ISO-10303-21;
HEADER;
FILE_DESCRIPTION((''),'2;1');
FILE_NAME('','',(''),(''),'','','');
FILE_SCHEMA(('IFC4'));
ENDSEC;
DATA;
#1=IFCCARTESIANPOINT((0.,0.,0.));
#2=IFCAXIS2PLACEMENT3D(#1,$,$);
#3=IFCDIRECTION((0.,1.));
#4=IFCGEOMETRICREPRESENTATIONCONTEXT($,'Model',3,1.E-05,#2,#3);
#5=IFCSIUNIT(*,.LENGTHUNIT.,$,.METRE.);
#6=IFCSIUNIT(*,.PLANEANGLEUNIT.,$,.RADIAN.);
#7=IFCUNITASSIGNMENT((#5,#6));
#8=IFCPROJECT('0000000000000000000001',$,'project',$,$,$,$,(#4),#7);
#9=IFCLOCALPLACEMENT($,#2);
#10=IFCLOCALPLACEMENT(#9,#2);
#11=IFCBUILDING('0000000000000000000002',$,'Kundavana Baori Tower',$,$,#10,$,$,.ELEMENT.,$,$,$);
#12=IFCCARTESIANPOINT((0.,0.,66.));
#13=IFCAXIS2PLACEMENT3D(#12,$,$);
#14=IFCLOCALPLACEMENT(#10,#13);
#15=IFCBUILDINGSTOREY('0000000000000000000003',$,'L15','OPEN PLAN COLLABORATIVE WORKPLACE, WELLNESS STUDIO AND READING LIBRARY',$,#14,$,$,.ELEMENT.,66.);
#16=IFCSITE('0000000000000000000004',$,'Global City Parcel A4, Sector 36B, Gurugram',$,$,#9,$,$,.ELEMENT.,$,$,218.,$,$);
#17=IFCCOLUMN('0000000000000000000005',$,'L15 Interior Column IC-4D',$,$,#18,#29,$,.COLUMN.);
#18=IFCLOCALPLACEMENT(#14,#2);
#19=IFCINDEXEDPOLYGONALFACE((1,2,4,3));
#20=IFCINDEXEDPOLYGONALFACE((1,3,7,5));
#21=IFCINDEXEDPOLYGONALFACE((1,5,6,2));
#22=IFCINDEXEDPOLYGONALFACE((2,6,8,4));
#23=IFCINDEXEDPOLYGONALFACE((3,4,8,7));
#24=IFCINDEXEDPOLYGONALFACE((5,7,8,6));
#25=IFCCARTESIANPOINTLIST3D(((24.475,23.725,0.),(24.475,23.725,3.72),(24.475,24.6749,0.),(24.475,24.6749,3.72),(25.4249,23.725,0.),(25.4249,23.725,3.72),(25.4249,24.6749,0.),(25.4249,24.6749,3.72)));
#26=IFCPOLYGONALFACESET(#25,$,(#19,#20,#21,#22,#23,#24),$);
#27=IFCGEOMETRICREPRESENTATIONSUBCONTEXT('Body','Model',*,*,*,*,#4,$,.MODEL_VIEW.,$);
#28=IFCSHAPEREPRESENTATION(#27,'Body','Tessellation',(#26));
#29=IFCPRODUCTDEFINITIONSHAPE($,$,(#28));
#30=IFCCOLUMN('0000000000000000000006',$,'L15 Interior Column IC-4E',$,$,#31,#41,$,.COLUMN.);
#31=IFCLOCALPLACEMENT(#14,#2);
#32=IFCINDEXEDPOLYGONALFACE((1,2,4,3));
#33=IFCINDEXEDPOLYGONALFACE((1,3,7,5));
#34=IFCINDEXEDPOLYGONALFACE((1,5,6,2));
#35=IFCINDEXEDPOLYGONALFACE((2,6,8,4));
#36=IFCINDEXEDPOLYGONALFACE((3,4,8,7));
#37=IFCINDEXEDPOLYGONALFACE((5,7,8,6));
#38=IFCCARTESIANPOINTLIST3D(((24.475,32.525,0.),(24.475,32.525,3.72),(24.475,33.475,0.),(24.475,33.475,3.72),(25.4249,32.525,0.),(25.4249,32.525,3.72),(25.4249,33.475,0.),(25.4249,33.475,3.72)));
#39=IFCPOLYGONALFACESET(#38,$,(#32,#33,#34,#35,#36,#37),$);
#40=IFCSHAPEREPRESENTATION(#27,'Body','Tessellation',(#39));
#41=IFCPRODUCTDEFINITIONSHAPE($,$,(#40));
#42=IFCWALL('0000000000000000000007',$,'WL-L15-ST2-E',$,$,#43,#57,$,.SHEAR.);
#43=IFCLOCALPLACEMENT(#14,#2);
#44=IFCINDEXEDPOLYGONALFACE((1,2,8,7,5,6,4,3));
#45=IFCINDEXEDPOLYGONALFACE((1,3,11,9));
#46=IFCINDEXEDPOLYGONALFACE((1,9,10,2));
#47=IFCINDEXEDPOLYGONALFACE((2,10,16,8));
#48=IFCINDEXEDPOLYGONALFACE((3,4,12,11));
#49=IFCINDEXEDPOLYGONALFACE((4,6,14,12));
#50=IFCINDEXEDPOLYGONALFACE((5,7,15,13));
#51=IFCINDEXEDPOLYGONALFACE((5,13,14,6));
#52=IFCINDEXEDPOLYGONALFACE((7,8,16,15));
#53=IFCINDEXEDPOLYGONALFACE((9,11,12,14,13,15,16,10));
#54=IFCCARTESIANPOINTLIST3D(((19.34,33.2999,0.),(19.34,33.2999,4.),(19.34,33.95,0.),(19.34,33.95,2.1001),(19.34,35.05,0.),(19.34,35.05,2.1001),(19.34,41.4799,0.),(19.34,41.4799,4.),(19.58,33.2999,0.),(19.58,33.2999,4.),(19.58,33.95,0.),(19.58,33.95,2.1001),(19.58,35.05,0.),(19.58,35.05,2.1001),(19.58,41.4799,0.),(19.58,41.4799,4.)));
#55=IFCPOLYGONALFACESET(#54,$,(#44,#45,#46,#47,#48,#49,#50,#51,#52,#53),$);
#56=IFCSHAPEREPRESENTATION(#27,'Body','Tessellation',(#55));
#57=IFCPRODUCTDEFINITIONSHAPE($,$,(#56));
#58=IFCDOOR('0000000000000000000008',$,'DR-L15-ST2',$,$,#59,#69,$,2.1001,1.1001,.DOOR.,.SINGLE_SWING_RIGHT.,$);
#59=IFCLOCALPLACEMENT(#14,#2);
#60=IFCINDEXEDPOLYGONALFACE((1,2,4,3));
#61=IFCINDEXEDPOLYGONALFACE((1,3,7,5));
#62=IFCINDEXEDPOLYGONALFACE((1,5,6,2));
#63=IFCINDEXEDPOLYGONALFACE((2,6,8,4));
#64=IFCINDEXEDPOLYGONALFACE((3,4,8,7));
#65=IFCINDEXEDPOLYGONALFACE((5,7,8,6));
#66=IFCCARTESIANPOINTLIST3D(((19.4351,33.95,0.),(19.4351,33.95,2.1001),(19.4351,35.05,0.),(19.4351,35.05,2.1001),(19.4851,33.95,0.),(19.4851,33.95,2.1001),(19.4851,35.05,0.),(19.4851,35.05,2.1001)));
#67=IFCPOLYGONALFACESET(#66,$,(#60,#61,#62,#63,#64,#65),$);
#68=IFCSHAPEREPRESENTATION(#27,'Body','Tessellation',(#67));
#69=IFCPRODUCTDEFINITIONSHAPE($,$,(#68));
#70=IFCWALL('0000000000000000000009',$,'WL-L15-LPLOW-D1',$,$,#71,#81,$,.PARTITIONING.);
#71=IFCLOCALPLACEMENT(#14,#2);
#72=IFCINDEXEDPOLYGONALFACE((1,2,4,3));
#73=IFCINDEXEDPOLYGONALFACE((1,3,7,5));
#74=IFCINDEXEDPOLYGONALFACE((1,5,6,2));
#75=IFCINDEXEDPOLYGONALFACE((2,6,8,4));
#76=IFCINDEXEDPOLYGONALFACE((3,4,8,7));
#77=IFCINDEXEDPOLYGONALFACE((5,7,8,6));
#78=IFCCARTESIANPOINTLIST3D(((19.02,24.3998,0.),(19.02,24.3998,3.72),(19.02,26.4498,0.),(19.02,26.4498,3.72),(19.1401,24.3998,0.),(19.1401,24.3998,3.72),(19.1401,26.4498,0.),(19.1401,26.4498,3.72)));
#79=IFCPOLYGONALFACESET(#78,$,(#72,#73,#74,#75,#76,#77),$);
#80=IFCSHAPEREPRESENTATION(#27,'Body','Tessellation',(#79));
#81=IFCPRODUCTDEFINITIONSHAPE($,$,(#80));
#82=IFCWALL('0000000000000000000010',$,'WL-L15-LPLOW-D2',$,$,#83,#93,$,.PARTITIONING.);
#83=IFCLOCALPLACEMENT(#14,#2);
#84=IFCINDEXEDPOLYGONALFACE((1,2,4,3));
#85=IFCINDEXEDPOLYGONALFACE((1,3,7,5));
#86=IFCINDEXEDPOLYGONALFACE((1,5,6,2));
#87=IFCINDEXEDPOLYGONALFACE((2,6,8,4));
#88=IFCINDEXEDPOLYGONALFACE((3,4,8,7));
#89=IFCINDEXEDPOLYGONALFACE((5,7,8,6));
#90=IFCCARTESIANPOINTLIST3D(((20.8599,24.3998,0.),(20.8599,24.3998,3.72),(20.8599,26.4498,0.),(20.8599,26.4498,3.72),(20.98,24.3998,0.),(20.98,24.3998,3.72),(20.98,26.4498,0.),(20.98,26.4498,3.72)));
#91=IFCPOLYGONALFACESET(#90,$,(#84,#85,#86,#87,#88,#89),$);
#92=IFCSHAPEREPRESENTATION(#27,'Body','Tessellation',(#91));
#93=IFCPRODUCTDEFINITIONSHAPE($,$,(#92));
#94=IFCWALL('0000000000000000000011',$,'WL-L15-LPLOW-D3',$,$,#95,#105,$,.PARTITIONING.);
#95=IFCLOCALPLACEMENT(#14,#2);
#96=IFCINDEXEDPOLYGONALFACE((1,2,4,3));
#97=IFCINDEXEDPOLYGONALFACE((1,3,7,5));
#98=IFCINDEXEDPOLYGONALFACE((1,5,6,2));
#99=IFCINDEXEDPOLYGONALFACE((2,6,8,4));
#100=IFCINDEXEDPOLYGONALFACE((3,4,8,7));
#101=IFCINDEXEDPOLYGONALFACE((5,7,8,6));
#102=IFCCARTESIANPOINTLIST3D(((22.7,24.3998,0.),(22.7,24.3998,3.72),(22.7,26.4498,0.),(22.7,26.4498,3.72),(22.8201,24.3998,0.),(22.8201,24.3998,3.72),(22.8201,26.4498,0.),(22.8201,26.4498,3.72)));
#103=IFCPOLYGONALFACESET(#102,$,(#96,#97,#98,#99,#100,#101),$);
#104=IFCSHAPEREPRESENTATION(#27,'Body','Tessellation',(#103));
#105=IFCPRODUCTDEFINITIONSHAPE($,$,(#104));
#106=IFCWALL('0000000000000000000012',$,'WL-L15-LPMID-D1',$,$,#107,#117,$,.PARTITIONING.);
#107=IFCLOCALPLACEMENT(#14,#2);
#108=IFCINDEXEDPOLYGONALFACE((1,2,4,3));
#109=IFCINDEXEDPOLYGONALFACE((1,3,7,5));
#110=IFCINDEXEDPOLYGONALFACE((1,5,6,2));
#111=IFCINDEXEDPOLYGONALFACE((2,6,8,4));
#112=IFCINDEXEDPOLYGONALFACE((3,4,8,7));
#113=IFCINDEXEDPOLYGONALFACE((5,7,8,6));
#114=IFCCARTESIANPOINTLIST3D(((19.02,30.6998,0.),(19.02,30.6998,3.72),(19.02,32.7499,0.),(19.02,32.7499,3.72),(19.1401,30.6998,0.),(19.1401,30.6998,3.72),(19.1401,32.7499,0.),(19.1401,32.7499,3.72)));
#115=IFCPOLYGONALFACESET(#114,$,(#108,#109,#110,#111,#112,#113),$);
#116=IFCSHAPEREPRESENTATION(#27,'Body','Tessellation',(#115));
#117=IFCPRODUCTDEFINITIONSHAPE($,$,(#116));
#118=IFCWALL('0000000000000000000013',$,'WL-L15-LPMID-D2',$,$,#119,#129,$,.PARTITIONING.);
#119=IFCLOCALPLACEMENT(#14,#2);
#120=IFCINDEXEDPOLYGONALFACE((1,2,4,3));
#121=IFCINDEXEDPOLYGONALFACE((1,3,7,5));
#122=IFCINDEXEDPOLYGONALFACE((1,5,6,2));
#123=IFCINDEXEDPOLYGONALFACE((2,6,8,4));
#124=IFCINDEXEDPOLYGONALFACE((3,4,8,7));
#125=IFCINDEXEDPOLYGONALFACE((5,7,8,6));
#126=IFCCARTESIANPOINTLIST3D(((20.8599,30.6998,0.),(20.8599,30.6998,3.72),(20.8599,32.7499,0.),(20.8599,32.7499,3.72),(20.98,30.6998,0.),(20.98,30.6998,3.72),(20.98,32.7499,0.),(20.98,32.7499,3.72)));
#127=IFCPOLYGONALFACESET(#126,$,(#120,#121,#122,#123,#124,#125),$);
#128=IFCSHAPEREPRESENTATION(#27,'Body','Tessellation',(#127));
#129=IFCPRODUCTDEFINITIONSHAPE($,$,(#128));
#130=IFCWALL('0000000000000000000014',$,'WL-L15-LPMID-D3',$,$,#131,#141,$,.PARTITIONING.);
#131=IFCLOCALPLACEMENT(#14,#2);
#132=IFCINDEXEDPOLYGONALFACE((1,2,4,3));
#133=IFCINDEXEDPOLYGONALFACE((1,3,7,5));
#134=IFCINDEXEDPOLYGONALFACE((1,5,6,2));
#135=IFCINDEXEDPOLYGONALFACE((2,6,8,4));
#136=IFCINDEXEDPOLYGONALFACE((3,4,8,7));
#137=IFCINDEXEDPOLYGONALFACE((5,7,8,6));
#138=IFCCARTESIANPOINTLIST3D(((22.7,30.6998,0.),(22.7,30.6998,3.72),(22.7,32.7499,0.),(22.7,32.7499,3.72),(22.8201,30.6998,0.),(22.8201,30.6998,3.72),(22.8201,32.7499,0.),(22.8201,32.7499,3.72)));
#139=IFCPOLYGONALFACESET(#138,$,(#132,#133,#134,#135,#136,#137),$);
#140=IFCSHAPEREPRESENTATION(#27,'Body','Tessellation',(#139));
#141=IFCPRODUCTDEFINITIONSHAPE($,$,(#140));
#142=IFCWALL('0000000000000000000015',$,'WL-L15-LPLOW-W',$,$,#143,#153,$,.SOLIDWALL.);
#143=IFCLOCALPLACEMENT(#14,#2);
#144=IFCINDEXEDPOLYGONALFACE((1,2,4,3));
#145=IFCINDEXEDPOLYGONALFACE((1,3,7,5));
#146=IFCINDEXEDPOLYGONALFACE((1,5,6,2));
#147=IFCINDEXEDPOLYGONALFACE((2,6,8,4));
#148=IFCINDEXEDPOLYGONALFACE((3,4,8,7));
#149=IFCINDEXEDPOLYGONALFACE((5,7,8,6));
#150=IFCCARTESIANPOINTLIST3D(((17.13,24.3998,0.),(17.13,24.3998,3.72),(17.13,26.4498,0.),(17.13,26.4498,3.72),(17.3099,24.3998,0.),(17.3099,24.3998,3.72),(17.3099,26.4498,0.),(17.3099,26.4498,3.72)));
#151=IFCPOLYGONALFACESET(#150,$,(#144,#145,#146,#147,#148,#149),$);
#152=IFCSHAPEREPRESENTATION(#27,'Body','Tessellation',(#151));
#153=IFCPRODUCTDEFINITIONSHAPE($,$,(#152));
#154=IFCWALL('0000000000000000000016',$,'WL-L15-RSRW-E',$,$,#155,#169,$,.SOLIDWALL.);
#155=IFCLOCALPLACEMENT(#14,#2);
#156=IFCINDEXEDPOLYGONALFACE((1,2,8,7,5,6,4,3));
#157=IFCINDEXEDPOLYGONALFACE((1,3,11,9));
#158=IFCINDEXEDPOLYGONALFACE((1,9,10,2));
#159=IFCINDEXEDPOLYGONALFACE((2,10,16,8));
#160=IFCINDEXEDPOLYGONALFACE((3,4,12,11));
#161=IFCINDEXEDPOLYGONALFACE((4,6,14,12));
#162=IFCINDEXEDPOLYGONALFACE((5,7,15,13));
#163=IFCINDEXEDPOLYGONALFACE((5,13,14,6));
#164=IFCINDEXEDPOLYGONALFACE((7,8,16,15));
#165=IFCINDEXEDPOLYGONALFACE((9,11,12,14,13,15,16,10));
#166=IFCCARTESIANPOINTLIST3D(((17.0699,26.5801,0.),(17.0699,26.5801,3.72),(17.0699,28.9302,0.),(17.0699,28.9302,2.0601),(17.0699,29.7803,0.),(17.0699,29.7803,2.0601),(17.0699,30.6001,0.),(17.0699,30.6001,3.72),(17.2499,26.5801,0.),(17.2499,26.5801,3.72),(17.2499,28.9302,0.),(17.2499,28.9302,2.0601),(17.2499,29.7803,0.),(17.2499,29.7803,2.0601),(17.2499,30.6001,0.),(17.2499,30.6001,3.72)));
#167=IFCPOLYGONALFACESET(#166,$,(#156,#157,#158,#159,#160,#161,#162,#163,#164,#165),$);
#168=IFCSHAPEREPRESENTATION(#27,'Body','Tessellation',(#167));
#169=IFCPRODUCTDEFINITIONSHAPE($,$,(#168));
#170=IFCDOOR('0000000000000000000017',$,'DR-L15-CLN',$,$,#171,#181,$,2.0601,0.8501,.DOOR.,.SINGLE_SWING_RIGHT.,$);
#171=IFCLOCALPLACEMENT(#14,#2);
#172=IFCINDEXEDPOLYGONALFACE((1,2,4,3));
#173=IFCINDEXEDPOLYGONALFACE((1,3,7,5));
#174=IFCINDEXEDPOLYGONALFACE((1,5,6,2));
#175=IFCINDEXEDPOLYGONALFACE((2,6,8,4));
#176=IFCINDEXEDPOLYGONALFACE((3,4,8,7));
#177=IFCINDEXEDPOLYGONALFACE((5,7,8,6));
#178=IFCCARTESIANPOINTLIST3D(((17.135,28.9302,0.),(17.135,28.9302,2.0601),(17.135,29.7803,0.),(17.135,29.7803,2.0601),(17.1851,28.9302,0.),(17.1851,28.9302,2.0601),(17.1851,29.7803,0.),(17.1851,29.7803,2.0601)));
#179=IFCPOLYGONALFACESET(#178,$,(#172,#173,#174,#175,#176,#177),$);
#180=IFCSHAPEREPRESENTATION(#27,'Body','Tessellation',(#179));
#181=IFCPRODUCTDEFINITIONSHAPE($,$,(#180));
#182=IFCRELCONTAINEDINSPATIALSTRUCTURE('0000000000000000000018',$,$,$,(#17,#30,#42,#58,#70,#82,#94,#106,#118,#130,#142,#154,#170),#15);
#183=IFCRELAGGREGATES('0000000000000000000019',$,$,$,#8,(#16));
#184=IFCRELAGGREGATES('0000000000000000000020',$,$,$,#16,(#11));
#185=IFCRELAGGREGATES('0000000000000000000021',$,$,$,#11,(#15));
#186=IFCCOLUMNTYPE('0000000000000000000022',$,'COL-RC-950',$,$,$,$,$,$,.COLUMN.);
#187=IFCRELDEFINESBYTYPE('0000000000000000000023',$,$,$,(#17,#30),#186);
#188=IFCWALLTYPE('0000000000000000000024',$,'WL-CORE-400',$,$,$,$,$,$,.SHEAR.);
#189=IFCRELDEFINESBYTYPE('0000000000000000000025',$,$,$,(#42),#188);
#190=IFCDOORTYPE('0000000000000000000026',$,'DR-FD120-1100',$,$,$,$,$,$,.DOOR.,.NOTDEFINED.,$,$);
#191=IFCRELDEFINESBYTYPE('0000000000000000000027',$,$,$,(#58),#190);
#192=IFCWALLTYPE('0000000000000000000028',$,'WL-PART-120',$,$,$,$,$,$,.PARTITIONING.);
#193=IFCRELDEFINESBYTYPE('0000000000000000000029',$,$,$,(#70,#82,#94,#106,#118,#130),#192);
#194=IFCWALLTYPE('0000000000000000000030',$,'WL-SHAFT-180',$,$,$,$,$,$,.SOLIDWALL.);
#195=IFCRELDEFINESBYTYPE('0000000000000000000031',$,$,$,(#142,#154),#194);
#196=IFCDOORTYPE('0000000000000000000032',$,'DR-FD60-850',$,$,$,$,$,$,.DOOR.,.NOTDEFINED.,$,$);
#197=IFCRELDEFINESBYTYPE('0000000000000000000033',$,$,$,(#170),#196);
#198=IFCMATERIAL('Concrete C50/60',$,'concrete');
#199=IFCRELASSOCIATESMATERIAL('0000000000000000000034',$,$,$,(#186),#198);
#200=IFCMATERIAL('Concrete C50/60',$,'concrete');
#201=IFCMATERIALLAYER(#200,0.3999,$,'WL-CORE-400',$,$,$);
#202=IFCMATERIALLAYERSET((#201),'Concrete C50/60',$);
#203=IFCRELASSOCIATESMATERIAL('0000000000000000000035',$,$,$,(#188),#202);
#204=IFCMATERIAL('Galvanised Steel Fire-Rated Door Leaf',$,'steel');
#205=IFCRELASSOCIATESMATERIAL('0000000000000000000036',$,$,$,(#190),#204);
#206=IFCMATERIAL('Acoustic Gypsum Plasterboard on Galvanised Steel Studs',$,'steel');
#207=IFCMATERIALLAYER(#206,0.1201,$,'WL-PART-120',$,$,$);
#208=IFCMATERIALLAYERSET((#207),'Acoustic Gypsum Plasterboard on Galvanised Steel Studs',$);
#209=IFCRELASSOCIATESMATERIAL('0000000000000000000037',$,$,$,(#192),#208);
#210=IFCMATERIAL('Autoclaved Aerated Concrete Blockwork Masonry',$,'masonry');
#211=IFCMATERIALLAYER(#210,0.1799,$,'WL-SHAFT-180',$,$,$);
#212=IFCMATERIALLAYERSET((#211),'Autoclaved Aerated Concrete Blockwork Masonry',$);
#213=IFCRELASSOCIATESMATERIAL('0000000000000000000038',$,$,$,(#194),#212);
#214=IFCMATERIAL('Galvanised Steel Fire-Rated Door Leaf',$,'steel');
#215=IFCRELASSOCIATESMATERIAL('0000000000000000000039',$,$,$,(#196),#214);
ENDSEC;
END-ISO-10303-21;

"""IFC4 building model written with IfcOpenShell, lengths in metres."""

from ifc_helpers import new_model, si_unit, direction, frame, frame_2d, origin, origin_2d, place, context, subcontext, project, spatial, rectangle, extrude, material, layer, layer_set, material_profile, profile_set, type_object, element, fill, save


model = new_model("IFC4")

# Units and contexts
model_context = context("Model", 3, precision=1e-05, world=origin(), true_north=direction((0.0, 1.0)))
body_context = subcontext(model_context, "Body", "Model", "MODEL_VIEW")
ifc_project = project(units=[si_unit("LENGTHUNIT", "METRE"), si_unit("PLANEANGLEUNIT", "RADIAN")], contexts=[model_context])

# Site, building, storey
site_placement = place(None, origin())
site = spatial("IfcSite", under=ifc_project, at=site_placement, Name="Global City Parcel A4, Sector 36B, Gurugram", CompositionType="ELEMENT", RefElevation=218.0)
building_placement = place(site_placement, origin())
building = spatial("IfcBuilding", under=site, at=building_placement, Name="Kundavana Baori Tower", CompositionType="ELEMENT")
storey_placement = place(building_placement, frame((0.0, 0.0, 66.0)))
storey = spatial("IfcBuildingStorey", under=building, at=storey_placement, Name="L15", Description="OPEN PLAN COLLABORATIVE WORKPLACE, WELLNESS STUDIO AND READING LIBRARY", CompositionType="ELEMENT", Elevation=66.0)

# Columns
ifc_material_1 = material(Name="Concrete C50/60", Category="concrete")
ifc_material_profile = material_profile(ifc_material_1, rectangle(XDim=0.95, YDim=0.95, at=origin_2d()), Name="RC 950x950")
ifc_profile_set = profile_set([ifc_material_profile], Name="Concrete C50/60")
column_type = type_object("IfcColumnType", Name="COL-RC-950", PredefinedType="COLUMN", material=ifc_profile_set)
for number, where, z_axis, x_axis, name in (
    (1, (24.95, 24.2, 0.0), (0.0, 0.0, 1.0), (1.0, 0.0, 0.0), "L15 Interior Column IC-4D"),
    (2, (24.95, 33.0, 0.0), (0.0, 0.0, 1.0), (1.0, 0.0, 0.0), "L15 Interior Column IC-4E"),
):
    element("IfcColumn", number, at=place(storey_placement, frame(where, z_axis=z_axis, x_axis=x_axis)), inside=storey, type_object=column_type, Name=name, PredefinedType="COLUMN", context=body_context, shape_type="SweptSolid", body=[
        extrude(rectangle(XDim=0.95, YDim=0.95, at=origin_2d()), origin(), (0.0, 0.0, 1.0), 3.72),
    ])

# Wall, opening, door
ifc_material_2 = material(Name="Concrete C50/60", Category="concrete")
ifc_layer_1 = layer(ifc_material_2, 0.3999, Name="WL-CORE-400")
ifc_layer_set_1 = layer_set([ifc_layer_1], Name="Concrete C50/60")
wall_type_1 = type_object("IfcWallType", Name="WL-CORE-400", PredefinedType="SHEAR", material=ifc_layer_set_1)
wall_1_placement = place(storey_placement, frame((19.46, 33.3, 0.0), z_axis=(0.0, 0.0, 1.0), x_axis=(0.0, 1.0, 0.0)))
wall_1 = element("IfcWall", 3, at=wall_1_placement, inside=storey, type_object=wall_type_1, Name="WL-L15-ST2-E", PredefinedType="SHEAR", context=body_context, shape_type="SweptSolid", body=[
    extrude(rectangle(XDim=8.1799, YDim=0.24, at=frame_2d((4.0898, 0.0))), origin(), (0.0, 0.0, 1.0), 4.0),
])
opening_1_placement = place(wall_1_placement, frame((0.6499, 0.0, 0.0)))
opening_1 = element("IfcOpeningElement", 4, at=opening_1_placement, cuts=wall_1, PredefinedType="OPENING", context=body_context, shape_type="SweptSolid", body=[
    extrude(rectangle(XDim=1.1001, YDim=2.1001, at=frame_2d((0.55, 1.05))), frame((0.0, 0.1299, 0.0), z_axis=(0.0, -1.0, 0.0), x_axis=(1.0, 0.0, 0.0)), (0.0, 0.0, 1.0), 0.26),
])
ifc_material_3 = material(Name="Galvanised Steel Fire-Rated Door Leaf", Category="steel")
door_type_1 = type_object("IfcDoorType", Name="DR-FD120-1100", OperationType="NOTDEFINED", PredefinedType="DOOR", material=ifc_material_3)
door_1_placement = place(opening_1_placement, origin())
door_1 = element("IfcDoor", 5, at=door_1_placement, inside=storey, type_object=door_type_1, Name="DR-L15-ST2", OperationType="SINGLE_SWING_RIGHT", OverallHeight=2.1001, OverallWidth=1.1001, PredefinedType="DOOR", context=body_context, shape_type="SweptSolid", body=[
    extrude(rectangle(XDim=1.1001, YDim=2.1001, at=frame_2d((0.55, 1.05))), frame((0.0, 0.0249, 0.0), z_axis=(0.0, -1.0, 0.0), x_axis=(1.0, 0.0, 0.0)), (0.0, 0.0, 1.0), 0.05),
])
fill(opening_1, door_1)

# Walls
ifc_material_4 = material(Name="Acoustic Gypsum Plasterboard on Galvanised Steel Studs", Category="steel")
ifc_layer_2 = layer(ifc_material_4, 0.1201, Name="WL-PART-120")
ifc_layer_set_2 = layer_set([ifc_layer_2], Name="Acoustic Gypsum Plasterboard on Galvanised Steel Studs")
wall_type_2 = type_object("IfcWallType", Name="WL-PART-120", PredefinedType="PARTITIONING", material=ifc_layer_set_2)
for number, where, z_axis, x_axis, name in (
    (6, (19.0801, 24.3999, 0.0), (0.0, 0.0, 1.0), (0.0, 1.0, 0.0), "WL-L15-LPLOW-D1"),
    (7, (20.9199, 24.3999, 0.0), (0.0, 0.0, 1.0), (0.0, 1.0, 0.0), "WL-L15-LPLOW-D2"),
    (8, (22.76, 24.3999, 0.0), (0.0, 0.0, 1.0), (0.0, 1.0, 0.0), "WL-L15-LPLOW-D3"),
    (9, (19.0801, 30.7, 0.0), (0.0, 0.0, 1.0), (0.0, 1.0, 0.0), "WL-L15-LPMID-D1"),
    (10, (20.9199, 30.7, 0.0), (0.0, 0.0, 1.0), (0.0, 1.0, 0.0), "WL-L15-LPMID-D2"),
    (11, (22.76, 30.7, 0.0), (0.0, 0.0, 1.0), (0.0, 1.0, 0.0), "WL-L15-LPMID-D3"),
):
    element("IfcWall", number, at=place(storey_placement, frame(where, z_axis=z_axis, x_axis=x_axis)), inside=storey, type_object=wall_type_2, Name=name, PredefinedType="PARTITIONING", context=body_context, shape_type="SweptSolid", body=[
        extrude(rectangle(XDim=2.05, YDim=0.1201, at=frame_2d((1.0249, 0.0))), origin(), (0.0, 0.0, 1.0), 3.72),
    ])
ifc_material_5 = material(Name="Autoclaved Aerated Concrete Blockwork Masonry", Category="masonry")
ifc_layer_3 = layer(ifc_material_5, 0.1799, Name="WL-SHAFT-180")
ifc_layer_set_3 = layer_set([ifc_layer_3], Name="Autoclaved Aerated Concrete Blockwork Masonry")
wall_type_3 = type_object("IfcWallType", Name="WL-SHAFT-180", PredefinedType="SOLIDWALL", material=ifc_layer_set_3)
wall_2_placement = place(storey_placement, frame((17.22, 24.3999, 0.0), z_axis=(0.0, 0.0, 1.0), x_axis=(0.0, 1.0, 0.0)))
element("IfcWall", 12, at=wall_2_placement, inside=storey, type_object=wall_type_3, Name="WL-L15-LPLOW-W", PredefinedType="SOLIDWALL", context=body_context, shape_type="SweptSolid", body=[
    extrude(rectangle(XDim=2.05, YDim=0.1799, at=frame_2d((1.0249, 0.0))), origin(), (0.0, 0.0, 1.0), 3.72),
])

# Wall, opening, door
wall_3_placement = place(storey_placement, frame((17.1599, 26.5801, 0.0), z_axis=(0.0, 0.0, 1.0), x_axis=(0.0, 1.0, 0.0)))
wall_3 = element("IfcWall", 13, at=wall_3_placement, inside=storey, type_object=wall_type_3, Name="WL-L15-RSRW-E", PredefinedType="SOLIDWALL", context=body_context, shape_type="SweptSolid", body=[
    extrude(rectangle(XDim=4.02, YDim=0.1799, at=frame_2d((2.01, 0.0))), origin(), (0.0, 0.0, 1.0), 3.72),
])
opening_2_placement = place(wall_3_placement, frame((2.3501, 0.0, 0.0)))
opening_2 = element("IfcOpeningElement", 14, at=opening_2_placement, cuts=wall_3, PredefinedType="OPENING", context=body_context, shape_type="SweptSolid", body=[
    extrude(rectangle(XDim=0.8501, YDim=2.0601, at=frame_2d((0.425, 1.03))), frame((0.0, 0.1001, 0.0), z_axis=(0.0, -1.0, 0.0), x_axis=(1.0, 0.0, 0.0)), (0.0, 0.0, 1.0), 0.2),
])
ifc_material_6 = material(Name="Galvanised Steel Fire-Rated Door Leaf", Category="steel")
door_type_2 = type_object("IfcDoorType", Name="DR-FD60-850", OperationType="NOTDEFINED", PredefinedType="DOOR", material=ifc_material_6)
door_2_placement = place(opening_2_placement, origin())
door_2 = element("IfcDoor", 15, at=door_2_placement, inside=storey, type_object=door_type_2, Name="DR-L15-CLN", OperationType="SINGLE_SWING_RIGHT", OverallHeight=2.0601, OverallWidth=0.8501, PredefinedType="DOOR", context=body_context, shape_type="SweptSolid", body=[
    extrude(rectangle(XDim=0.8501, YDim=2.0601, at=frame_2d((0.425, 1.03))), frame((0.0, 0.0249, 0.0), z_axis=(0.0, -1.0, 0.0), x_axis=(1.0, 0.0, 0.0)), (0.0, 0.0, 1.0), 0.05),
])
fill(opening_2, door_2)

save(model, "model.ifc")
